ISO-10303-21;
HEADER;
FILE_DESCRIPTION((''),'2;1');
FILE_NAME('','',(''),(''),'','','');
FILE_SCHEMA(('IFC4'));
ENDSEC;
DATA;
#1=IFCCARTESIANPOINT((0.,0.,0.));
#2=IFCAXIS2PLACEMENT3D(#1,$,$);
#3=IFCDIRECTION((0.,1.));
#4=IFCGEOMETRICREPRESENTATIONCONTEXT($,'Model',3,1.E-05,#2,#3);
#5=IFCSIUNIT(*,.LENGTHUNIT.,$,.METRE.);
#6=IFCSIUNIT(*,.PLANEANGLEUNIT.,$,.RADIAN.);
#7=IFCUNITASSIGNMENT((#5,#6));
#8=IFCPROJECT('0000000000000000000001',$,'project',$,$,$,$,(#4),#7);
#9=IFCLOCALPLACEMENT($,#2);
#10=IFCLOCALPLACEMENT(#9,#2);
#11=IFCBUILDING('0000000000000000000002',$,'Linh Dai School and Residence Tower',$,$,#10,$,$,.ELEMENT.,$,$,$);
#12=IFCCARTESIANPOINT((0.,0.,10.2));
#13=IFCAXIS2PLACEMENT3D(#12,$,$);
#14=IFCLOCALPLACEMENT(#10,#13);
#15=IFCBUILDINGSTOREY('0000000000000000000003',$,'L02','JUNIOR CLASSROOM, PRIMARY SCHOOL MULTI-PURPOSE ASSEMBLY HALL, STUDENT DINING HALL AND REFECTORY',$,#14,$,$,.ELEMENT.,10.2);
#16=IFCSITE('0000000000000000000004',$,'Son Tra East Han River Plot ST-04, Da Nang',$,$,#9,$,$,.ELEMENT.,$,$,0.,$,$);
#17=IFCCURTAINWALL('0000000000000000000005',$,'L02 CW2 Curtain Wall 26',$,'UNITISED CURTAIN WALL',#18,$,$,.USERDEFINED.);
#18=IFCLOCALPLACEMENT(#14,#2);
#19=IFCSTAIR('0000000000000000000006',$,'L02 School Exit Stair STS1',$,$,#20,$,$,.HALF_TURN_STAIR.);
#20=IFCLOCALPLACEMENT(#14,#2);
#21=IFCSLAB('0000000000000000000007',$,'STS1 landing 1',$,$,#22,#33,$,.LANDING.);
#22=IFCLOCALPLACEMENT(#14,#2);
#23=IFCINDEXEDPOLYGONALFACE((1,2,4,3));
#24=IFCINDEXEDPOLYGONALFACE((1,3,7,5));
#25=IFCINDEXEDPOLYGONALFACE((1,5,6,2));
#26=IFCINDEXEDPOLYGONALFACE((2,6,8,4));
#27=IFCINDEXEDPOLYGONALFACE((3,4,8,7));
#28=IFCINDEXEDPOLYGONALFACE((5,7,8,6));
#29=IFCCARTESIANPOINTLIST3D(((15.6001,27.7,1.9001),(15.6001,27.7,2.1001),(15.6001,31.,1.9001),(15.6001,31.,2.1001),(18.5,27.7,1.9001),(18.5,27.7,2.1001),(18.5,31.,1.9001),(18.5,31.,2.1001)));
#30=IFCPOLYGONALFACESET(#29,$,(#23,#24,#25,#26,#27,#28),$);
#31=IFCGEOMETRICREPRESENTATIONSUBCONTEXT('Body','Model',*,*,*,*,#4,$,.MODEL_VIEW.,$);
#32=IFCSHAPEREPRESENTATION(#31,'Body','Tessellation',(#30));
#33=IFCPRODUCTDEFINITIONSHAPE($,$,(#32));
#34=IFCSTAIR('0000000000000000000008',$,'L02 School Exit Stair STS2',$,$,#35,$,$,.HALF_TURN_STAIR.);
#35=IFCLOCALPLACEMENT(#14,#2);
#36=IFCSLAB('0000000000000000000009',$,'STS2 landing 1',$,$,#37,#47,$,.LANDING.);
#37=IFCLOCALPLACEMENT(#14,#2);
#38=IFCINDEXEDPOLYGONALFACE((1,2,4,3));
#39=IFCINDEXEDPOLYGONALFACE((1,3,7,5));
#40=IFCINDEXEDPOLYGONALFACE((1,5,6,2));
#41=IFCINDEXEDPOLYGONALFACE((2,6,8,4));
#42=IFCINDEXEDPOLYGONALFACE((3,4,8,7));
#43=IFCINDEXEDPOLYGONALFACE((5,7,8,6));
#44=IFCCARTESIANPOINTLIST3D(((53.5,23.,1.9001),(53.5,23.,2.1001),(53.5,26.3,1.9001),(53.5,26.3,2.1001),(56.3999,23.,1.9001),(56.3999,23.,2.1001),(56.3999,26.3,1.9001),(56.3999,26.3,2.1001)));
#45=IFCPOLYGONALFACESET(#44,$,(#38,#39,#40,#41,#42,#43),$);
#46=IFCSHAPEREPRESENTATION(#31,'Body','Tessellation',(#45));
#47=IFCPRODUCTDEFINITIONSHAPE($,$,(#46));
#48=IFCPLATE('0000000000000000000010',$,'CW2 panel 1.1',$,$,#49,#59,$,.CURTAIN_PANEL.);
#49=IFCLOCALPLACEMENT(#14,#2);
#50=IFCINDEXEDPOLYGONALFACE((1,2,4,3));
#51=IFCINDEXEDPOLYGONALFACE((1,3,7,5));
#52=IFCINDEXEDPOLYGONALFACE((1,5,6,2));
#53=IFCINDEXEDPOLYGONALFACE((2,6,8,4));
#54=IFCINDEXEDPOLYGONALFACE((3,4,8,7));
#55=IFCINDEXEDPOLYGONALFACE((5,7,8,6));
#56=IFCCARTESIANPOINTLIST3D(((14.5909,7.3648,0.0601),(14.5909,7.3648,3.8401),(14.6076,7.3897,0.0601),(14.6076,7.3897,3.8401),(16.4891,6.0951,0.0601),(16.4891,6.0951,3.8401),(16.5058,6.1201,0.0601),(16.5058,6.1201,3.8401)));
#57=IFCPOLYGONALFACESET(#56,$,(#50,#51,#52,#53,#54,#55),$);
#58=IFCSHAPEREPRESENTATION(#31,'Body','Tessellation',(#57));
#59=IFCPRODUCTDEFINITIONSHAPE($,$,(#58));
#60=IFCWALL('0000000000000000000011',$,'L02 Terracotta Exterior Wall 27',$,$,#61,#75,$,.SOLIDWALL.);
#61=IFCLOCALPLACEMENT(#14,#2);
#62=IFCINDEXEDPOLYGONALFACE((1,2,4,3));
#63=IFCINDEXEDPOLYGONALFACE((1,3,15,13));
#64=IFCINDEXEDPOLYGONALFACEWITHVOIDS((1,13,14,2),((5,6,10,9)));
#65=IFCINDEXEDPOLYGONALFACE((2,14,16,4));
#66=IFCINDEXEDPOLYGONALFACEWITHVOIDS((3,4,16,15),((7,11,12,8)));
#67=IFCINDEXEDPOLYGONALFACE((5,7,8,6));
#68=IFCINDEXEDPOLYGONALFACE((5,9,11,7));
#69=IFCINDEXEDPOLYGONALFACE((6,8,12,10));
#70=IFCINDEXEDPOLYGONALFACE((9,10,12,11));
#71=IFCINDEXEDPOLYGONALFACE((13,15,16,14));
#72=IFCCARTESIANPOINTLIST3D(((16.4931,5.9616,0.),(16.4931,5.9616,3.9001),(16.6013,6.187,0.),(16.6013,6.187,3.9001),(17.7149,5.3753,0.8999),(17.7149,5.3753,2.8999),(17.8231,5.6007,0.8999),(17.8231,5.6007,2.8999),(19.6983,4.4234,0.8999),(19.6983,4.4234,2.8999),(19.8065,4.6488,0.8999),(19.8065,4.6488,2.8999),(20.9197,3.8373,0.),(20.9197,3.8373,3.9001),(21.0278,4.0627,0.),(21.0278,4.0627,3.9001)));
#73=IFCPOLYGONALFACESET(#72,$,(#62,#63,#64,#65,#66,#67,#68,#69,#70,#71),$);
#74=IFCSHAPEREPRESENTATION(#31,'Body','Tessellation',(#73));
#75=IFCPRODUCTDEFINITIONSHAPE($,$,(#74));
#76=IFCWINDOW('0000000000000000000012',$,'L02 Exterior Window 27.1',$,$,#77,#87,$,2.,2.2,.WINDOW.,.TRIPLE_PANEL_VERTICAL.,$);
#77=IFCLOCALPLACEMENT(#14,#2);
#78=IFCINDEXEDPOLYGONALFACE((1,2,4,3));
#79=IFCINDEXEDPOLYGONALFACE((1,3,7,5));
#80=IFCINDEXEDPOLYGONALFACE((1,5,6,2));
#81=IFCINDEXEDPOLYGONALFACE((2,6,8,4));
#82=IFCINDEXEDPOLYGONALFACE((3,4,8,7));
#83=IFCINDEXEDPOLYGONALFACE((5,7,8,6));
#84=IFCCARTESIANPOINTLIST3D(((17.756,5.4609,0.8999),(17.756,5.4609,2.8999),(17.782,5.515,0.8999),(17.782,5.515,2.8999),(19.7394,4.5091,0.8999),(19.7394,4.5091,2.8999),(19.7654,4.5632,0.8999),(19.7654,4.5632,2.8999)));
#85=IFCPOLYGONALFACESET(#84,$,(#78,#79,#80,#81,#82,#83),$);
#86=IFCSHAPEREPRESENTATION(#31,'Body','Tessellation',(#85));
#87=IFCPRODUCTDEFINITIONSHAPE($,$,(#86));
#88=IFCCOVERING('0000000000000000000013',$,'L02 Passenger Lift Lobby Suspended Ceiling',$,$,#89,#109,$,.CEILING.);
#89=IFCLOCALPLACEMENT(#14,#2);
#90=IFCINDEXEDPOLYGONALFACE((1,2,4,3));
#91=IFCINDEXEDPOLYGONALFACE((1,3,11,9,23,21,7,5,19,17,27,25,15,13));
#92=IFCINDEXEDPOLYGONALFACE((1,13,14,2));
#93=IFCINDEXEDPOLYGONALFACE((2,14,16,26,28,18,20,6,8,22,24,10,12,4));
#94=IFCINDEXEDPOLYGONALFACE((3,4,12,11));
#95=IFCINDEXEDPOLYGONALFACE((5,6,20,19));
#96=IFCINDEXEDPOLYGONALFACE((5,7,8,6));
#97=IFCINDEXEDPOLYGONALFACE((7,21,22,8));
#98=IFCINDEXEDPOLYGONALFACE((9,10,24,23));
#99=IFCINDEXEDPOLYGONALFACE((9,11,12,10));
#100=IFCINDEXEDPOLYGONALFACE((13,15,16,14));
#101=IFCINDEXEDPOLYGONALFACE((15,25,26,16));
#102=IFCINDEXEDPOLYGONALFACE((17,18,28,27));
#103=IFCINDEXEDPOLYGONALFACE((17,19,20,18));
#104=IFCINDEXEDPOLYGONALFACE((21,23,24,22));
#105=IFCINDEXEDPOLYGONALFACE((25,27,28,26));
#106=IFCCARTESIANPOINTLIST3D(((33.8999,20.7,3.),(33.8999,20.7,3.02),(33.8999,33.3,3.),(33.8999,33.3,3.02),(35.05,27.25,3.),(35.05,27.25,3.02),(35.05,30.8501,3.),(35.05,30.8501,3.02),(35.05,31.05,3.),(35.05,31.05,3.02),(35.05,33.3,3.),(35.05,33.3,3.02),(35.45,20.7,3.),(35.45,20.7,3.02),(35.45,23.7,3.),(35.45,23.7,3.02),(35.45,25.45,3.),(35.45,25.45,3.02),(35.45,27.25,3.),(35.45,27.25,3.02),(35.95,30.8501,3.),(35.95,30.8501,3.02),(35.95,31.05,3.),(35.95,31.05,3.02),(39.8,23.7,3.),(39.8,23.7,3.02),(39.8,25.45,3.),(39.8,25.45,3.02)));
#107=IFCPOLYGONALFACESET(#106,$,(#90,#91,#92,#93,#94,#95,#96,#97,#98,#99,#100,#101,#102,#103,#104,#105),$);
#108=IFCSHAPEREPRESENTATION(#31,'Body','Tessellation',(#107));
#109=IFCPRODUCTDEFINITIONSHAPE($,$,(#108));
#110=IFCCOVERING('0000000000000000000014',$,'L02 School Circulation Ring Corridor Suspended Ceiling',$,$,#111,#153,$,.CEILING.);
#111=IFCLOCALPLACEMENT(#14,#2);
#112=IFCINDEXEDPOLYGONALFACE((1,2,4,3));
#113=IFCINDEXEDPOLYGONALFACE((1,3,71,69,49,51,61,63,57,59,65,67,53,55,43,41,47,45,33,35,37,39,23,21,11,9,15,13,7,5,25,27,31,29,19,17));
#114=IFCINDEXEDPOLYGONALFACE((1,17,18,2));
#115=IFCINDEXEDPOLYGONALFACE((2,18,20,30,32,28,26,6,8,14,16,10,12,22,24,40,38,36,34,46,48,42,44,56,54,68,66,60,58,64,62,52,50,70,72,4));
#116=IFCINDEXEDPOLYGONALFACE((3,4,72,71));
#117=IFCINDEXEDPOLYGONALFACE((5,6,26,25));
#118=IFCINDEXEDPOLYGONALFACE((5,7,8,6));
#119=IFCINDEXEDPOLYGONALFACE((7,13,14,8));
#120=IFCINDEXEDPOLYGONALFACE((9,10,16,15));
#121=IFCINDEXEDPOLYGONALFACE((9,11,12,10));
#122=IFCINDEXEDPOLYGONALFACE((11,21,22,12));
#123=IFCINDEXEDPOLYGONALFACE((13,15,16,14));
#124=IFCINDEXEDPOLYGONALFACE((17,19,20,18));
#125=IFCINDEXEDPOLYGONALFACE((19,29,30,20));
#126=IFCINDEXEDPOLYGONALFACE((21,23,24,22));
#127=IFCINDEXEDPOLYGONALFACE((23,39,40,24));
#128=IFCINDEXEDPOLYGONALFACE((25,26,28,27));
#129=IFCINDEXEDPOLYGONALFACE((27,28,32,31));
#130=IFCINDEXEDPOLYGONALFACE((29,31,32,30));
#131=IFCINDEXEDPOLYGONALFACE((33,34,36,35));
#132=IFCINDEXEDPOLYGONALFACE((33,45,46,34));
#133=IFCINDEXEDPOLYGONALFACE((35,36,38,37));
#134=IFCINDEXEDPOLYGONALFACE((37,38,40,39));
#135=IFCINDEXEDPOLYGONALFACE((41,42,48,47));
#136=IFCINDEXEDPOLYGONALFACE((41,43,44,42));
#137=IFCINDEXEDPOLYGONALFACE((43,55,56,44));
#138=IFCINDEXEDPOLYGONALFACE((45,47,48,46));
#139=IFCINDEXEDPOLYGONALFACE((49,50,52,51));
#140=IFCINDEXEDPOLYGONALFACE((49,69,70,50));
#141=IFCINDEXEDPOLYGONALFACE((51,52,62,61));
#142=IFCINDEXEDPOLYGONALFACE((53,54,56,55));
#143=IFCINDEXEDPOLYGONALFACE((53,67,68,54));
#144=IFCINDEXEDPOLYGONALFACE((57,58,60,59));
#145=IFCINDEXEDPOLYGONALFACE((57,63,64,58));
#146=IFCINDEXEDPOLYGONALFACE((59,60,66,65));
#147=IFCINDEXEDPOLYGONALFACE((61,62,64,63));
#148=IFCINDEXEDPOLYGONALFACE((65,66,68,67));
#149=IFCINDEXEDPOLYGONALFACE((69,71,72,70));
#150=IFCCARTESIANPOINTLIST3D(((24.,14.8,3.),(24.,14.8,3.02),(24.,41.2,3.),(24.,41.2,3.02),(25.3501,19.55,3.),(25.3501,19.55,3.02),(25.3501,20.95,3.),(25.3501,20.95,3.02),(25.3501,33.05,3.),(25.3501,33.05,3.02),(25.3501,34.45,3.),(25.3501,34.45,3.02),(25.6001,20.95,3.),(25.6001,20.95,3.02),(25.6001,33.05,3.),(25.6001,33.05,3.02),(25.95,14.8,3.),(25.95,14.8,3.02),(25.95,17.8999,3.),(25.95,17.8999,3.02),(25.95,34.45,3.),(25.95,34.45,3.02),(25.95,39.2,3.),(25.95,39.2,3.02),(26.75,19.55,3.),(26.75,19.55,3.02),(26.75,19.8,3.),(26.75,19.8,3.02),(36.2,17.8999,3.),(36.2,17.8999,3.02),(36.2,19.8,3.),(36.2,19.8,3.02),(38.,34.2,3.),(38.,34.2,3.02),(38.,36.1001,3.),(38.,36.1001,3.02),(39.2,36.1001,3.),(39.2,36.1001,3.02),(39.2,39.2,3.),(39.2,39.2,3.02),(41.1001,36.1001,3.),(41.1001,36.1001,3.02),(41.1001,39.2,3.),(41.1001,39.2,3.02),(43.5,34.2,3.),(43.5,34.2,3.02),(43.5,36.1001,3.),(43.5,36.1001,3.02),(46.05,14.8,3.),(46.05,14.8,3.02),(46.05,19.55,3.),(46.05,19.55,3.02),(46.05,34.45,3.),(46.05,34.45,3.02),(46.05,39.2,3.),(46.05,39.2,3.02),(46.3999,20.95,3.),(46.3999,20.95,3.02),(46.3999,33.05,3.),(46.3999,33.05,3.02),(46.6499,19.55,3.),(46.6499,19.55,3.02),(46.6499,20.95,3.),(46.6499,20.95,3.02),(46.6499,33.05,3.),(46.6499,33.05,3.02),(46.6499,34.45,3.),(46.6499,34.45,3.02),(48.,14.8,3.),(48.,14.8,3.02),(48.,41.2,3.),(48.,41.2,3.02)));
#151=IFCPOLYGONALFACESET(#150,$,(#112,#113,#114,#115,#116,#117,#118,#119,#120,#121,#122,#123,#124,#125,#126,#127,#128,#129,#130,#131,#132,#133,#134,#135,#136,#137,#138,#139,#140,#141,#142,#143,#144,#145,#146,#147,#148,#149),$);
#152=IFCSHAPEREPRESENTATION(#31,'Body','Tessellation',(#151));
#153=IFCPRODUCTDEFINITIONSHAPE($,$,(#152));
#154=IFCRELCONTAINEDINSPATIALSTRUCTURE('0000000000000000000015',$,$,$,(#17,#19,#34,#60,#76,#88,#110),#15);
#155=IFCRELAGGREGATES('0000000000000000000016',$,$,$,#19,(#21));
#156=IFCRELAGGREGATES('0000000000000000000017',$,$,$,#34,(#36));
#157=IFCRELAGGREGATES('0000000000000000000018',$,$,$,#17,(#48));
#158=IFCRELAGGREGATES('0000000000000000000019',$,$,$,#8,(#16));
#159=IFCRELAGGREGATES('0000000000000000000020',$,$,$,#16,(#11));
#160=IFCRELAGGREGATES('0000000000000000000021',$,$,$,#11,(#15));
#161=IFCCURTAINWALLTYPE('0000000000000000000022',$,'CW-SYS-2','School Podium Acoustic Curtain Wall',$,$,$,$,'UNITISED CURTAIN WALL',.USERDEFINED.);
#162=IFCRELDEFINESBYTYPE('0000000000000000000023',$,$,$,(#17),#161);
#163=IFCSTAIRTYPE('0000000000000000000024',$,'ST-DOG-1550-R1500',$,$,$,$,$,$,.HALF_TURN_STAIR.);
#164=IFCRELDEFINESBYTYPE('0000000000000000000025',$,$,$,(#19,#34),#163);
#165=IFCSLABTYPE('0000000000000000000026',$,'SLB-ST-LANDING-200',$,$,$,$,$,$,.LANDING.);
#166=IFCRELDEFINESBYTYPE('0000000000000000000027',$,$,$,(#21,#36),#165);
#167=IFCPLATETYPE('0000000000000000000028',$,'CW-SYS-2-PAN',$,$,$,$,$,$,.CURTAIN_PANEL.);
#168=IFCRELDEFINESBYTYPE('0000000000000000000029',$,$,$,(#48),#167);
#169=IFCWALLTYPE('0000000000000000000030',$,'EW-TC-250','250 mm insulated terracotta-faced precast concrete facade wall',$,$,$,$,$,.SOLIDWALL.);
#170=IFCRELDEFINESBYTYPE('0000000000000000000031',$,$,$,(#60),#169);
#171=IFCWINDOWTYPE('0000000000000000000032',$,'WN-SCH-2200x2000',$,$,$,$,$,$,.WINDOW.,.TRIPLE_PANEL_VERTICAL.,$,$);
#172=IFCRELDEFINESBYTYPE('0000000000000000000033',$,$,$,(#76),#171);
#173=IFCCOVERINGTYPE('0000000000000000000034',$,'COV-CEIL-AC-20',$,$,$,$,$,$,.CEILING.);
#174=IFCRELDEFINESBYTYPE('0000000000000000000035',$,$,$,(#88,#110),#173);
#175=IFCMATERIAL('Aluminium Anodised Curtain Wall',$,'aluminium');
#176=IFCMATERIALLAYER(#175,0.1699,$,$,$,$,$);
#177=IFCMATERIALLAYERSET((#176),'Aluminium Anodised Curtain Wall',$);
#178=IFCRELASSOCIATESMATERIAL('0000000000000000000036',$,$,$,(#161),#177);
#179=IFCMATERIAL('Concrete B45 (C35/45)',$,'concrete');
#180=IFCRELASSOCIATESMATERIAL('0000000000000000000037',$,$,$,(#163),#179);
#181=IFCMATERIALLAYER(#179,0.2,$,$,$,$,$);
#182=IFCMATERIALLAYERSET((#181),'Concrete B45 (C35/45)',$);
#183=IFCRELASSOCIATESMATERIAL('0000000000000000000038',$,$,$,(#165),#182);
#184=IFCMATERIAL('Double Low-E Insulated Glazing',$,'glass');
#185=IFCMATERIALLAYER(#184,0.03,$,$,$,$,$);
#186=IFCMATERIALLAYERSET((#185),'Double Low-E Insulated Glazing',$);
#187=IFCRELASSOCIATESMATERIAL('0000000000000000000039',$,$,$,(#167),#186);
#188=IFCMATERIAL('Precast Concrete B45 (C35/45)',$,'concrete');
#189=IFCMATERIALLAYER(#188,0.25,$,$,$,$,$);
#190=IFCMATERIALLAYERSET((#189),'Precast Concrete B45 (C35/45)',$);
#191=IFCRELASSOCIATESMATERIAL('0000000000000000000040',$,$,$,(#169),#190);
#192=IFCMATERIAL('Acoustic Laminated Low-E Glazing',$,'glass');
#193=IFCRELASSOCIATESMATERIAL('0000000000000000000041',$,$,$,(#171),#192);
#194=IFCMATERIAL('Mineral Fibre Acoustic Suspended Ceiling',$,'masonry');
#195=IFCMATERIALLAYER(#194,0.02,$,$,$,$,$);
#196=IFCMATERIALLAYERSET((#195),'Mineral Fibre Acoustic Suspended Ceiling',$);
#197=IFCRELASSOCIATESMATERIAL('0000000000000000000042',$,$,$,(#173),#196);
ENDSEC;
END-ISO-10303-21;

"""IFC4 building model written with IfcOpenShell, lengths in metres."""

from ifc_helpers import new_model, si_unit, direction, frame, frame_2d, origin, origin_2d, place, context, subcontext, project, spatial, polyline, rectangle, outline, extrude, source, transform, mapped, material, layer, layer_set, type_object, element, fill, aggregate, save


model = new_model("IFC4")

# Units and contexts
model_context = context("Model", 3, precision=1e-05, world=origin(), true_north=direction((0.0, 1.0)))
body_context = subcontext(model_context, "Body", "Model", "MODEL_VIEW")
ifc_project = project(units=[si_unit("LENGTHUNIT", "METRE"), si_unit("PLANEANGLEUNIT", "RADIAN")], contexts=[model_context])

# Site, building, storey
site_placement = place(None, origin())
site = spatial("IfcSite", under=ifc_project, at=site_placement, Name="Son Tra East Han River Plot ST-04, Da Nang", CompositionType="ELEMENT", RefElevation=0.0)
building_placement = place(site_placement, origin())
building = spatial("IfcBuilding", under=site, at=building_placement, Name="Linh Dai School and Residence Tower", CompositionType="ELEMENT")
storey_placement = place(building_placement, frame((0.0, 0.0, 10.2)))
storey = spatial("IfcBuildingStorey", under=building, at=storey_placement, Name="L02", Description="JUNIOR CLASSROOM, PRIMARY SCHOOL MULTI-PURPOSE ASSEMBLY HALL, STUDENT DINING HALL AND REFECTORY", CompositionType="ELEMENT", Elevation=10.2)

# Curtain wall
ifc_material_1 = material(Name="Aluminium Anodised Curtain Wall", Category="aluminium")
ifc_layer_1 = layer(ifc_material_1, 0.1699)
ifc_layer_set_1 = layer_set([ifc_layer_1], Name="Aluminium Anodised Curtain Wall")
curtain_wall_type = type_object("IfcCurtainWallType", Name="CW-SYS-2", Description="School Podium Acoustic Curtain Wall", ElementType="UNITISED CURTAIN WALL", PredefinedType="USERDEFINED", material=ifc_layer_set_1)
curtain_wall_placement = place(storey_placement, origin())
curtain_wall = element("IfcCurtainWall", 1, at=curtain_wall_placement, inside=storey, type_object=curtain_wall_type, Name="L02 CW2 Curtain Wall 26", ObjectType="UNITISED CURTAIN WALL", PredefinedType="USERDEFINED")

# Shared definitions
ifc_material_2 = material(Name="Concrete B45 (C35/45)", Category="concrete")

# Stairs, slabs
stair_type = type_object("IfcStairType", Name="ST-DOG-1550-R1500", PredefinedType="HALF_TURN_STAIR", material=ifc_material_2)
ifc_layer_2 = layer(ifc_material_2, 0.2)
ifc_layer_set_2 = layer_set([ifc_layer_2], Name="Concrete B45 (C35/45)")
slab_type_1 = type_object("IfcSlabType", Name="SLB-ST-LANDING-200", PredefinedType="LANDING", material=ifc_layer_set_2)
stair_1_placement = place(storey_placement, origin())
stair_1 = element("IfcStair", 2, at=stair_1_placement, inside=storey, type_object=stair_type, Name="L02 School Exit Stair STS1", PredefinedType="HALF_TURN_STAIR")
slab_1_placement = place(storey_placement, frame((0.0, 0.0, 1.9001)))
slab_1 = element("IfcSlab", 3, at=slab_1_placement, type_object=slab_type_1, Name="STS1 landing 1", PredefinedType="LANDING", context=body_context, shape_type="SweptSolid", body=[
    extrude(outline(polyline([(18.5, 31.0), (15.6001, 31.0), (15.6001, 27.7), (18.5, 27.7), (18.5, 31.0)])), origin(), (0.0, 0.0, 1.0), 0.2),
])
aggregate(stair_1, [slab_1])
stair_2_placement = place(storey_placement, origin())
stair_2 = element("IfcStair", 4, at=stair_2_placement, inside=storey, type_object=stair_type, Name="L02 School Exit Stair STS2", PredefinedType="HALF_TURN_STAIR")
slab_2_placement = place(storey_placement, frame((0.0, 0.0, 1.9001)))
slab_2 = element("IfcSlab", 5, at=slab_2_placement, type_object=slab_type_1, Name="STS2 landing 1", PredefinedType="LANDING", context=body_context, shape_type="SweptSolid", body=[
    extrude(outline(polyline([(53.5, 23.0), (56.3999, 23.0), (56.3999, 26.3), (53.5, 26.3), (53.5, 23.0)])), origin(), (0.0, 0.0, 1.0), 0.2),
])
aggregate(stair_2, [slab_2])

# Plate
ifc_material_3 = material(Name="Double Low-E Insulated Glazing", Category="glass")
ifc_layer_3 = layer(ifc_material_3, 0.03)
ifc_layer_set_3 = layer_set([ifc_layer_3], Name="Double Low-E Insulated Glazing")
plate_type = type_object("IfcPlateType", Name="CW-SYS-2-PAN", PredefinedType="CURTAIN_PANEL", material=ifc_layer_set_3)
shared_shape_1 = source(origin(), body_context, "Body", "SweptSolid", [
    extrude(rectangle(XDim=2.2837, YDim=0.03, at=origin_2d()), origin(), (0.0, 0.0, 1.0), 3.78),
])
plate_placement = place(storey_placement, frame((15.5483, 6.7424, 0.0601), z_axis=(0.0, 0.0, 1.0), x_axis=(-0.831211, 0.555957, 0.0)))
plate = element("IfcPlate", 6, at=plate_placement, type_object=plate_type, Name="CW2 panel 1.1", PredefinedType="CURTAIN_PANEL", context=body_context, shape_type="MappedRepresentation", body=[
    mapped(shared_shape_1, transform((0.0, 0.0, 0.0), x_axis=(1.0, 0.0, 0.0), y_axis=(0.0, 1.0, 0.0), z_axis=(0.0, 0.0, 1.0), scale=1.0)),
])
aggregate(curtain_wall, [plate])

# Wall, opening, window
ifc_material_4 = material(Name="Precast Concrete B45 (C35/45)", Category="concrete")
ifc_layer_4 = layer(ifc_material_4, 0.25)
ifc_layer_set_4 = layer_set([ifc_layer_4], Name="Precast Concrete B45 (C35/45)")
wall_type = type_object("IfcWallType", Name="EW-TC-250", Description="250 mm insulated terracotta-faced precast concrete facade wall", PredefinedType="SOLIDWALL", material=ifc_layer_set_4)
wall_placement = place(storey_placement, frame((20.9739, 3.95, 0.0), z_axis=(0.0, 0.0, 1.0), x_axis=(-0.90156, 0.432655, 0.0)))
wall = element("IfcWall", 7, at=wall_placement, inside=storey, type_object=wall_type, Name="L02 Terracotta Exterior Wall 27", PredefinedType="SOLIDWALL", context=body_context, shape_type="SweptSolid", body=[
    extrude(rectangle(XDim=4.9099, YDim=0.25, at=frame_2d((2.4551, 0.0))), origin(), (0.0, 0.0, 1.0), 3.9001),
])
opening_placement = place(wall_placement, frame((1.3547, 0.0, 0.8999)))
opening = element("IfcOpeningElement", 8, at=opening_placement, cuts=wall, PredefinedType="OPENING", context=body_context, shape_type="SweptSolid", body=[
    extrude(rectangle(XDim=2.2, YDim=2.0, at=origin_2d()), frame((1.1001, 0.135, 1.0), z_axis=(0.0, -1.0, 0.0), x_axis=(1.0, 0.0, 0.0)), (0.0, 0.0, 1.0), 0.27),
])
ifc_material_5 = material(Name="Acoustic Laminated Low-E Glazing", Category="glass")
window_type = type_object("IfcWindowType", Name="WN-SCH-2200x2000", PartitioningType="TRIPLE_PANEL_VERTICAL", PredefinedType="WINDOW", material=ifc_material_5)
shared_shape_2 = source(origin(), body_context, "Body", "SweptSolid", [
    extrude(rectangle(XDim=2.2, YDim=2.0, at=origin_2d()), frame((1.1001, 0.03, 1.0), z_axis=(0.0, -1.0, 0.0), x_axis=(1.0, 0.0, 0.0)), (0.0, 0.0, 1.0), 0.0601),
])
window_placement = place(opening_placement, origin())
window = element("IfcWindow", 9, at=window_placement, inside=storey, type_object=window_type, Name="L02 Exterior Window 27.1", OverallHeight=2.0, OverallWidth=2.2, PartitioningType="TRIPLE_PANEL_VERTICAL", PredefinedType="WINDOW", context=body_context, shape_type="MappedRepresentation", body=[
    mapped(shared_shape_2, transform((0.0, 0.0, 0.0), x_axis=(1.0, 0.0, 0.0), y_axis=(0.0, 1.0, 0.0), z_axis=(0.0, 0.0, 1.0), scale=1.0)),
])
fill(opening, window)

# Coverings
ifc_material_6 = material(Name="Mineral Fibre Acoustic Suspended Ceiling", Category="masonry")
ifc_layer_5 = layer(ifc_material_6, 0.02)
ifc_layer_set_5 = layer_set([ifc_layer_5], Name="Mineral Fibre Acoustic Suspended Ceiling")
covering_type_1 = type_object("IfcCoveringType", Name="COV-CEIL-AC-20", PredefinedType="CEILING", material=ifc_layer_set_5)
covering_1_placement = place(storey_placement, frame((0.0, 0.0, 3.0)))
element("IfcCovering", 10, at=covering_1_placement, inside=storey, type_object=covering_type_1, Name="L02 Passenger Lift Lobby Suspended Ceiling", PredefinedType="CEILING", context=body_context, shape_type="SweptSolid", body=[
    extrude(outline(polyline([(35.05, 33.3), (35.05, 31.05), (35.95, 31.05), (35.95, 30.8501), (35.05, 30.8501), (35.05, 27.25), (35.45, 27.25), (35.45, 25.45), (39.8, 25.45), (39.8, 23.7), (35.45, 23.7), (35.45, 20.7), (33.8999, 20.7), (33.8999, 33.3), (35.05, 33.3)])), origin(), (0.0, 0.0, 1.0), 0.02),
])
covering_2_placement = place(storey_placement, frame((0.0, 0.0, 3.0)))
element("IfcCovering", 11, at=covering_2_placement, inside=storey, type_object=covering_type_1, Name="L02 School Circulation Ring Corridor Suspended Ceiling", PredefinedType="CEILING", context=body_context, shape_type="SweptSolid", body=[
    extrude(outline(polyline([(24.0, 41.2), (48.0, 41.2), (48.0, 14.8), (46.05, 14.8), (46.05, 19.55), (46.6499, 19.55), (46.6499, 20.95), (46.3999, 20.95), (46.3999, 33.05), (46.6499, 33.05), (46.6499, 34.45), (46.05, 34.45), (46.05, 39.2), (41.1001, 39.2), (41.1001, 36.1001), (43.5, 36.1001), (43.5, 34.2), (38.0, 34.2), (38.0, 36.1001), (39.2, 36.1001), (39.2, 39.2), (25.95, 39.2), (25.95, 34.45), (25.3501, 34.45), (25.3501, 33.05), (25.6001, 33.05), (25.6001, 20.95), (25.3501, 20.95), (25.3501, 19.55), (26.75, 19.55), (26.75, 19.8), (36.2, 19.8), (36.2, 17.8999), (25.95, 17.8999), (25.95, 14.8), (24.0, 14.8), (24.0, 41.2)])), origin(), (0.0, 0.0, 1.0), 0.02),
])

save(model, "model.ifc")
